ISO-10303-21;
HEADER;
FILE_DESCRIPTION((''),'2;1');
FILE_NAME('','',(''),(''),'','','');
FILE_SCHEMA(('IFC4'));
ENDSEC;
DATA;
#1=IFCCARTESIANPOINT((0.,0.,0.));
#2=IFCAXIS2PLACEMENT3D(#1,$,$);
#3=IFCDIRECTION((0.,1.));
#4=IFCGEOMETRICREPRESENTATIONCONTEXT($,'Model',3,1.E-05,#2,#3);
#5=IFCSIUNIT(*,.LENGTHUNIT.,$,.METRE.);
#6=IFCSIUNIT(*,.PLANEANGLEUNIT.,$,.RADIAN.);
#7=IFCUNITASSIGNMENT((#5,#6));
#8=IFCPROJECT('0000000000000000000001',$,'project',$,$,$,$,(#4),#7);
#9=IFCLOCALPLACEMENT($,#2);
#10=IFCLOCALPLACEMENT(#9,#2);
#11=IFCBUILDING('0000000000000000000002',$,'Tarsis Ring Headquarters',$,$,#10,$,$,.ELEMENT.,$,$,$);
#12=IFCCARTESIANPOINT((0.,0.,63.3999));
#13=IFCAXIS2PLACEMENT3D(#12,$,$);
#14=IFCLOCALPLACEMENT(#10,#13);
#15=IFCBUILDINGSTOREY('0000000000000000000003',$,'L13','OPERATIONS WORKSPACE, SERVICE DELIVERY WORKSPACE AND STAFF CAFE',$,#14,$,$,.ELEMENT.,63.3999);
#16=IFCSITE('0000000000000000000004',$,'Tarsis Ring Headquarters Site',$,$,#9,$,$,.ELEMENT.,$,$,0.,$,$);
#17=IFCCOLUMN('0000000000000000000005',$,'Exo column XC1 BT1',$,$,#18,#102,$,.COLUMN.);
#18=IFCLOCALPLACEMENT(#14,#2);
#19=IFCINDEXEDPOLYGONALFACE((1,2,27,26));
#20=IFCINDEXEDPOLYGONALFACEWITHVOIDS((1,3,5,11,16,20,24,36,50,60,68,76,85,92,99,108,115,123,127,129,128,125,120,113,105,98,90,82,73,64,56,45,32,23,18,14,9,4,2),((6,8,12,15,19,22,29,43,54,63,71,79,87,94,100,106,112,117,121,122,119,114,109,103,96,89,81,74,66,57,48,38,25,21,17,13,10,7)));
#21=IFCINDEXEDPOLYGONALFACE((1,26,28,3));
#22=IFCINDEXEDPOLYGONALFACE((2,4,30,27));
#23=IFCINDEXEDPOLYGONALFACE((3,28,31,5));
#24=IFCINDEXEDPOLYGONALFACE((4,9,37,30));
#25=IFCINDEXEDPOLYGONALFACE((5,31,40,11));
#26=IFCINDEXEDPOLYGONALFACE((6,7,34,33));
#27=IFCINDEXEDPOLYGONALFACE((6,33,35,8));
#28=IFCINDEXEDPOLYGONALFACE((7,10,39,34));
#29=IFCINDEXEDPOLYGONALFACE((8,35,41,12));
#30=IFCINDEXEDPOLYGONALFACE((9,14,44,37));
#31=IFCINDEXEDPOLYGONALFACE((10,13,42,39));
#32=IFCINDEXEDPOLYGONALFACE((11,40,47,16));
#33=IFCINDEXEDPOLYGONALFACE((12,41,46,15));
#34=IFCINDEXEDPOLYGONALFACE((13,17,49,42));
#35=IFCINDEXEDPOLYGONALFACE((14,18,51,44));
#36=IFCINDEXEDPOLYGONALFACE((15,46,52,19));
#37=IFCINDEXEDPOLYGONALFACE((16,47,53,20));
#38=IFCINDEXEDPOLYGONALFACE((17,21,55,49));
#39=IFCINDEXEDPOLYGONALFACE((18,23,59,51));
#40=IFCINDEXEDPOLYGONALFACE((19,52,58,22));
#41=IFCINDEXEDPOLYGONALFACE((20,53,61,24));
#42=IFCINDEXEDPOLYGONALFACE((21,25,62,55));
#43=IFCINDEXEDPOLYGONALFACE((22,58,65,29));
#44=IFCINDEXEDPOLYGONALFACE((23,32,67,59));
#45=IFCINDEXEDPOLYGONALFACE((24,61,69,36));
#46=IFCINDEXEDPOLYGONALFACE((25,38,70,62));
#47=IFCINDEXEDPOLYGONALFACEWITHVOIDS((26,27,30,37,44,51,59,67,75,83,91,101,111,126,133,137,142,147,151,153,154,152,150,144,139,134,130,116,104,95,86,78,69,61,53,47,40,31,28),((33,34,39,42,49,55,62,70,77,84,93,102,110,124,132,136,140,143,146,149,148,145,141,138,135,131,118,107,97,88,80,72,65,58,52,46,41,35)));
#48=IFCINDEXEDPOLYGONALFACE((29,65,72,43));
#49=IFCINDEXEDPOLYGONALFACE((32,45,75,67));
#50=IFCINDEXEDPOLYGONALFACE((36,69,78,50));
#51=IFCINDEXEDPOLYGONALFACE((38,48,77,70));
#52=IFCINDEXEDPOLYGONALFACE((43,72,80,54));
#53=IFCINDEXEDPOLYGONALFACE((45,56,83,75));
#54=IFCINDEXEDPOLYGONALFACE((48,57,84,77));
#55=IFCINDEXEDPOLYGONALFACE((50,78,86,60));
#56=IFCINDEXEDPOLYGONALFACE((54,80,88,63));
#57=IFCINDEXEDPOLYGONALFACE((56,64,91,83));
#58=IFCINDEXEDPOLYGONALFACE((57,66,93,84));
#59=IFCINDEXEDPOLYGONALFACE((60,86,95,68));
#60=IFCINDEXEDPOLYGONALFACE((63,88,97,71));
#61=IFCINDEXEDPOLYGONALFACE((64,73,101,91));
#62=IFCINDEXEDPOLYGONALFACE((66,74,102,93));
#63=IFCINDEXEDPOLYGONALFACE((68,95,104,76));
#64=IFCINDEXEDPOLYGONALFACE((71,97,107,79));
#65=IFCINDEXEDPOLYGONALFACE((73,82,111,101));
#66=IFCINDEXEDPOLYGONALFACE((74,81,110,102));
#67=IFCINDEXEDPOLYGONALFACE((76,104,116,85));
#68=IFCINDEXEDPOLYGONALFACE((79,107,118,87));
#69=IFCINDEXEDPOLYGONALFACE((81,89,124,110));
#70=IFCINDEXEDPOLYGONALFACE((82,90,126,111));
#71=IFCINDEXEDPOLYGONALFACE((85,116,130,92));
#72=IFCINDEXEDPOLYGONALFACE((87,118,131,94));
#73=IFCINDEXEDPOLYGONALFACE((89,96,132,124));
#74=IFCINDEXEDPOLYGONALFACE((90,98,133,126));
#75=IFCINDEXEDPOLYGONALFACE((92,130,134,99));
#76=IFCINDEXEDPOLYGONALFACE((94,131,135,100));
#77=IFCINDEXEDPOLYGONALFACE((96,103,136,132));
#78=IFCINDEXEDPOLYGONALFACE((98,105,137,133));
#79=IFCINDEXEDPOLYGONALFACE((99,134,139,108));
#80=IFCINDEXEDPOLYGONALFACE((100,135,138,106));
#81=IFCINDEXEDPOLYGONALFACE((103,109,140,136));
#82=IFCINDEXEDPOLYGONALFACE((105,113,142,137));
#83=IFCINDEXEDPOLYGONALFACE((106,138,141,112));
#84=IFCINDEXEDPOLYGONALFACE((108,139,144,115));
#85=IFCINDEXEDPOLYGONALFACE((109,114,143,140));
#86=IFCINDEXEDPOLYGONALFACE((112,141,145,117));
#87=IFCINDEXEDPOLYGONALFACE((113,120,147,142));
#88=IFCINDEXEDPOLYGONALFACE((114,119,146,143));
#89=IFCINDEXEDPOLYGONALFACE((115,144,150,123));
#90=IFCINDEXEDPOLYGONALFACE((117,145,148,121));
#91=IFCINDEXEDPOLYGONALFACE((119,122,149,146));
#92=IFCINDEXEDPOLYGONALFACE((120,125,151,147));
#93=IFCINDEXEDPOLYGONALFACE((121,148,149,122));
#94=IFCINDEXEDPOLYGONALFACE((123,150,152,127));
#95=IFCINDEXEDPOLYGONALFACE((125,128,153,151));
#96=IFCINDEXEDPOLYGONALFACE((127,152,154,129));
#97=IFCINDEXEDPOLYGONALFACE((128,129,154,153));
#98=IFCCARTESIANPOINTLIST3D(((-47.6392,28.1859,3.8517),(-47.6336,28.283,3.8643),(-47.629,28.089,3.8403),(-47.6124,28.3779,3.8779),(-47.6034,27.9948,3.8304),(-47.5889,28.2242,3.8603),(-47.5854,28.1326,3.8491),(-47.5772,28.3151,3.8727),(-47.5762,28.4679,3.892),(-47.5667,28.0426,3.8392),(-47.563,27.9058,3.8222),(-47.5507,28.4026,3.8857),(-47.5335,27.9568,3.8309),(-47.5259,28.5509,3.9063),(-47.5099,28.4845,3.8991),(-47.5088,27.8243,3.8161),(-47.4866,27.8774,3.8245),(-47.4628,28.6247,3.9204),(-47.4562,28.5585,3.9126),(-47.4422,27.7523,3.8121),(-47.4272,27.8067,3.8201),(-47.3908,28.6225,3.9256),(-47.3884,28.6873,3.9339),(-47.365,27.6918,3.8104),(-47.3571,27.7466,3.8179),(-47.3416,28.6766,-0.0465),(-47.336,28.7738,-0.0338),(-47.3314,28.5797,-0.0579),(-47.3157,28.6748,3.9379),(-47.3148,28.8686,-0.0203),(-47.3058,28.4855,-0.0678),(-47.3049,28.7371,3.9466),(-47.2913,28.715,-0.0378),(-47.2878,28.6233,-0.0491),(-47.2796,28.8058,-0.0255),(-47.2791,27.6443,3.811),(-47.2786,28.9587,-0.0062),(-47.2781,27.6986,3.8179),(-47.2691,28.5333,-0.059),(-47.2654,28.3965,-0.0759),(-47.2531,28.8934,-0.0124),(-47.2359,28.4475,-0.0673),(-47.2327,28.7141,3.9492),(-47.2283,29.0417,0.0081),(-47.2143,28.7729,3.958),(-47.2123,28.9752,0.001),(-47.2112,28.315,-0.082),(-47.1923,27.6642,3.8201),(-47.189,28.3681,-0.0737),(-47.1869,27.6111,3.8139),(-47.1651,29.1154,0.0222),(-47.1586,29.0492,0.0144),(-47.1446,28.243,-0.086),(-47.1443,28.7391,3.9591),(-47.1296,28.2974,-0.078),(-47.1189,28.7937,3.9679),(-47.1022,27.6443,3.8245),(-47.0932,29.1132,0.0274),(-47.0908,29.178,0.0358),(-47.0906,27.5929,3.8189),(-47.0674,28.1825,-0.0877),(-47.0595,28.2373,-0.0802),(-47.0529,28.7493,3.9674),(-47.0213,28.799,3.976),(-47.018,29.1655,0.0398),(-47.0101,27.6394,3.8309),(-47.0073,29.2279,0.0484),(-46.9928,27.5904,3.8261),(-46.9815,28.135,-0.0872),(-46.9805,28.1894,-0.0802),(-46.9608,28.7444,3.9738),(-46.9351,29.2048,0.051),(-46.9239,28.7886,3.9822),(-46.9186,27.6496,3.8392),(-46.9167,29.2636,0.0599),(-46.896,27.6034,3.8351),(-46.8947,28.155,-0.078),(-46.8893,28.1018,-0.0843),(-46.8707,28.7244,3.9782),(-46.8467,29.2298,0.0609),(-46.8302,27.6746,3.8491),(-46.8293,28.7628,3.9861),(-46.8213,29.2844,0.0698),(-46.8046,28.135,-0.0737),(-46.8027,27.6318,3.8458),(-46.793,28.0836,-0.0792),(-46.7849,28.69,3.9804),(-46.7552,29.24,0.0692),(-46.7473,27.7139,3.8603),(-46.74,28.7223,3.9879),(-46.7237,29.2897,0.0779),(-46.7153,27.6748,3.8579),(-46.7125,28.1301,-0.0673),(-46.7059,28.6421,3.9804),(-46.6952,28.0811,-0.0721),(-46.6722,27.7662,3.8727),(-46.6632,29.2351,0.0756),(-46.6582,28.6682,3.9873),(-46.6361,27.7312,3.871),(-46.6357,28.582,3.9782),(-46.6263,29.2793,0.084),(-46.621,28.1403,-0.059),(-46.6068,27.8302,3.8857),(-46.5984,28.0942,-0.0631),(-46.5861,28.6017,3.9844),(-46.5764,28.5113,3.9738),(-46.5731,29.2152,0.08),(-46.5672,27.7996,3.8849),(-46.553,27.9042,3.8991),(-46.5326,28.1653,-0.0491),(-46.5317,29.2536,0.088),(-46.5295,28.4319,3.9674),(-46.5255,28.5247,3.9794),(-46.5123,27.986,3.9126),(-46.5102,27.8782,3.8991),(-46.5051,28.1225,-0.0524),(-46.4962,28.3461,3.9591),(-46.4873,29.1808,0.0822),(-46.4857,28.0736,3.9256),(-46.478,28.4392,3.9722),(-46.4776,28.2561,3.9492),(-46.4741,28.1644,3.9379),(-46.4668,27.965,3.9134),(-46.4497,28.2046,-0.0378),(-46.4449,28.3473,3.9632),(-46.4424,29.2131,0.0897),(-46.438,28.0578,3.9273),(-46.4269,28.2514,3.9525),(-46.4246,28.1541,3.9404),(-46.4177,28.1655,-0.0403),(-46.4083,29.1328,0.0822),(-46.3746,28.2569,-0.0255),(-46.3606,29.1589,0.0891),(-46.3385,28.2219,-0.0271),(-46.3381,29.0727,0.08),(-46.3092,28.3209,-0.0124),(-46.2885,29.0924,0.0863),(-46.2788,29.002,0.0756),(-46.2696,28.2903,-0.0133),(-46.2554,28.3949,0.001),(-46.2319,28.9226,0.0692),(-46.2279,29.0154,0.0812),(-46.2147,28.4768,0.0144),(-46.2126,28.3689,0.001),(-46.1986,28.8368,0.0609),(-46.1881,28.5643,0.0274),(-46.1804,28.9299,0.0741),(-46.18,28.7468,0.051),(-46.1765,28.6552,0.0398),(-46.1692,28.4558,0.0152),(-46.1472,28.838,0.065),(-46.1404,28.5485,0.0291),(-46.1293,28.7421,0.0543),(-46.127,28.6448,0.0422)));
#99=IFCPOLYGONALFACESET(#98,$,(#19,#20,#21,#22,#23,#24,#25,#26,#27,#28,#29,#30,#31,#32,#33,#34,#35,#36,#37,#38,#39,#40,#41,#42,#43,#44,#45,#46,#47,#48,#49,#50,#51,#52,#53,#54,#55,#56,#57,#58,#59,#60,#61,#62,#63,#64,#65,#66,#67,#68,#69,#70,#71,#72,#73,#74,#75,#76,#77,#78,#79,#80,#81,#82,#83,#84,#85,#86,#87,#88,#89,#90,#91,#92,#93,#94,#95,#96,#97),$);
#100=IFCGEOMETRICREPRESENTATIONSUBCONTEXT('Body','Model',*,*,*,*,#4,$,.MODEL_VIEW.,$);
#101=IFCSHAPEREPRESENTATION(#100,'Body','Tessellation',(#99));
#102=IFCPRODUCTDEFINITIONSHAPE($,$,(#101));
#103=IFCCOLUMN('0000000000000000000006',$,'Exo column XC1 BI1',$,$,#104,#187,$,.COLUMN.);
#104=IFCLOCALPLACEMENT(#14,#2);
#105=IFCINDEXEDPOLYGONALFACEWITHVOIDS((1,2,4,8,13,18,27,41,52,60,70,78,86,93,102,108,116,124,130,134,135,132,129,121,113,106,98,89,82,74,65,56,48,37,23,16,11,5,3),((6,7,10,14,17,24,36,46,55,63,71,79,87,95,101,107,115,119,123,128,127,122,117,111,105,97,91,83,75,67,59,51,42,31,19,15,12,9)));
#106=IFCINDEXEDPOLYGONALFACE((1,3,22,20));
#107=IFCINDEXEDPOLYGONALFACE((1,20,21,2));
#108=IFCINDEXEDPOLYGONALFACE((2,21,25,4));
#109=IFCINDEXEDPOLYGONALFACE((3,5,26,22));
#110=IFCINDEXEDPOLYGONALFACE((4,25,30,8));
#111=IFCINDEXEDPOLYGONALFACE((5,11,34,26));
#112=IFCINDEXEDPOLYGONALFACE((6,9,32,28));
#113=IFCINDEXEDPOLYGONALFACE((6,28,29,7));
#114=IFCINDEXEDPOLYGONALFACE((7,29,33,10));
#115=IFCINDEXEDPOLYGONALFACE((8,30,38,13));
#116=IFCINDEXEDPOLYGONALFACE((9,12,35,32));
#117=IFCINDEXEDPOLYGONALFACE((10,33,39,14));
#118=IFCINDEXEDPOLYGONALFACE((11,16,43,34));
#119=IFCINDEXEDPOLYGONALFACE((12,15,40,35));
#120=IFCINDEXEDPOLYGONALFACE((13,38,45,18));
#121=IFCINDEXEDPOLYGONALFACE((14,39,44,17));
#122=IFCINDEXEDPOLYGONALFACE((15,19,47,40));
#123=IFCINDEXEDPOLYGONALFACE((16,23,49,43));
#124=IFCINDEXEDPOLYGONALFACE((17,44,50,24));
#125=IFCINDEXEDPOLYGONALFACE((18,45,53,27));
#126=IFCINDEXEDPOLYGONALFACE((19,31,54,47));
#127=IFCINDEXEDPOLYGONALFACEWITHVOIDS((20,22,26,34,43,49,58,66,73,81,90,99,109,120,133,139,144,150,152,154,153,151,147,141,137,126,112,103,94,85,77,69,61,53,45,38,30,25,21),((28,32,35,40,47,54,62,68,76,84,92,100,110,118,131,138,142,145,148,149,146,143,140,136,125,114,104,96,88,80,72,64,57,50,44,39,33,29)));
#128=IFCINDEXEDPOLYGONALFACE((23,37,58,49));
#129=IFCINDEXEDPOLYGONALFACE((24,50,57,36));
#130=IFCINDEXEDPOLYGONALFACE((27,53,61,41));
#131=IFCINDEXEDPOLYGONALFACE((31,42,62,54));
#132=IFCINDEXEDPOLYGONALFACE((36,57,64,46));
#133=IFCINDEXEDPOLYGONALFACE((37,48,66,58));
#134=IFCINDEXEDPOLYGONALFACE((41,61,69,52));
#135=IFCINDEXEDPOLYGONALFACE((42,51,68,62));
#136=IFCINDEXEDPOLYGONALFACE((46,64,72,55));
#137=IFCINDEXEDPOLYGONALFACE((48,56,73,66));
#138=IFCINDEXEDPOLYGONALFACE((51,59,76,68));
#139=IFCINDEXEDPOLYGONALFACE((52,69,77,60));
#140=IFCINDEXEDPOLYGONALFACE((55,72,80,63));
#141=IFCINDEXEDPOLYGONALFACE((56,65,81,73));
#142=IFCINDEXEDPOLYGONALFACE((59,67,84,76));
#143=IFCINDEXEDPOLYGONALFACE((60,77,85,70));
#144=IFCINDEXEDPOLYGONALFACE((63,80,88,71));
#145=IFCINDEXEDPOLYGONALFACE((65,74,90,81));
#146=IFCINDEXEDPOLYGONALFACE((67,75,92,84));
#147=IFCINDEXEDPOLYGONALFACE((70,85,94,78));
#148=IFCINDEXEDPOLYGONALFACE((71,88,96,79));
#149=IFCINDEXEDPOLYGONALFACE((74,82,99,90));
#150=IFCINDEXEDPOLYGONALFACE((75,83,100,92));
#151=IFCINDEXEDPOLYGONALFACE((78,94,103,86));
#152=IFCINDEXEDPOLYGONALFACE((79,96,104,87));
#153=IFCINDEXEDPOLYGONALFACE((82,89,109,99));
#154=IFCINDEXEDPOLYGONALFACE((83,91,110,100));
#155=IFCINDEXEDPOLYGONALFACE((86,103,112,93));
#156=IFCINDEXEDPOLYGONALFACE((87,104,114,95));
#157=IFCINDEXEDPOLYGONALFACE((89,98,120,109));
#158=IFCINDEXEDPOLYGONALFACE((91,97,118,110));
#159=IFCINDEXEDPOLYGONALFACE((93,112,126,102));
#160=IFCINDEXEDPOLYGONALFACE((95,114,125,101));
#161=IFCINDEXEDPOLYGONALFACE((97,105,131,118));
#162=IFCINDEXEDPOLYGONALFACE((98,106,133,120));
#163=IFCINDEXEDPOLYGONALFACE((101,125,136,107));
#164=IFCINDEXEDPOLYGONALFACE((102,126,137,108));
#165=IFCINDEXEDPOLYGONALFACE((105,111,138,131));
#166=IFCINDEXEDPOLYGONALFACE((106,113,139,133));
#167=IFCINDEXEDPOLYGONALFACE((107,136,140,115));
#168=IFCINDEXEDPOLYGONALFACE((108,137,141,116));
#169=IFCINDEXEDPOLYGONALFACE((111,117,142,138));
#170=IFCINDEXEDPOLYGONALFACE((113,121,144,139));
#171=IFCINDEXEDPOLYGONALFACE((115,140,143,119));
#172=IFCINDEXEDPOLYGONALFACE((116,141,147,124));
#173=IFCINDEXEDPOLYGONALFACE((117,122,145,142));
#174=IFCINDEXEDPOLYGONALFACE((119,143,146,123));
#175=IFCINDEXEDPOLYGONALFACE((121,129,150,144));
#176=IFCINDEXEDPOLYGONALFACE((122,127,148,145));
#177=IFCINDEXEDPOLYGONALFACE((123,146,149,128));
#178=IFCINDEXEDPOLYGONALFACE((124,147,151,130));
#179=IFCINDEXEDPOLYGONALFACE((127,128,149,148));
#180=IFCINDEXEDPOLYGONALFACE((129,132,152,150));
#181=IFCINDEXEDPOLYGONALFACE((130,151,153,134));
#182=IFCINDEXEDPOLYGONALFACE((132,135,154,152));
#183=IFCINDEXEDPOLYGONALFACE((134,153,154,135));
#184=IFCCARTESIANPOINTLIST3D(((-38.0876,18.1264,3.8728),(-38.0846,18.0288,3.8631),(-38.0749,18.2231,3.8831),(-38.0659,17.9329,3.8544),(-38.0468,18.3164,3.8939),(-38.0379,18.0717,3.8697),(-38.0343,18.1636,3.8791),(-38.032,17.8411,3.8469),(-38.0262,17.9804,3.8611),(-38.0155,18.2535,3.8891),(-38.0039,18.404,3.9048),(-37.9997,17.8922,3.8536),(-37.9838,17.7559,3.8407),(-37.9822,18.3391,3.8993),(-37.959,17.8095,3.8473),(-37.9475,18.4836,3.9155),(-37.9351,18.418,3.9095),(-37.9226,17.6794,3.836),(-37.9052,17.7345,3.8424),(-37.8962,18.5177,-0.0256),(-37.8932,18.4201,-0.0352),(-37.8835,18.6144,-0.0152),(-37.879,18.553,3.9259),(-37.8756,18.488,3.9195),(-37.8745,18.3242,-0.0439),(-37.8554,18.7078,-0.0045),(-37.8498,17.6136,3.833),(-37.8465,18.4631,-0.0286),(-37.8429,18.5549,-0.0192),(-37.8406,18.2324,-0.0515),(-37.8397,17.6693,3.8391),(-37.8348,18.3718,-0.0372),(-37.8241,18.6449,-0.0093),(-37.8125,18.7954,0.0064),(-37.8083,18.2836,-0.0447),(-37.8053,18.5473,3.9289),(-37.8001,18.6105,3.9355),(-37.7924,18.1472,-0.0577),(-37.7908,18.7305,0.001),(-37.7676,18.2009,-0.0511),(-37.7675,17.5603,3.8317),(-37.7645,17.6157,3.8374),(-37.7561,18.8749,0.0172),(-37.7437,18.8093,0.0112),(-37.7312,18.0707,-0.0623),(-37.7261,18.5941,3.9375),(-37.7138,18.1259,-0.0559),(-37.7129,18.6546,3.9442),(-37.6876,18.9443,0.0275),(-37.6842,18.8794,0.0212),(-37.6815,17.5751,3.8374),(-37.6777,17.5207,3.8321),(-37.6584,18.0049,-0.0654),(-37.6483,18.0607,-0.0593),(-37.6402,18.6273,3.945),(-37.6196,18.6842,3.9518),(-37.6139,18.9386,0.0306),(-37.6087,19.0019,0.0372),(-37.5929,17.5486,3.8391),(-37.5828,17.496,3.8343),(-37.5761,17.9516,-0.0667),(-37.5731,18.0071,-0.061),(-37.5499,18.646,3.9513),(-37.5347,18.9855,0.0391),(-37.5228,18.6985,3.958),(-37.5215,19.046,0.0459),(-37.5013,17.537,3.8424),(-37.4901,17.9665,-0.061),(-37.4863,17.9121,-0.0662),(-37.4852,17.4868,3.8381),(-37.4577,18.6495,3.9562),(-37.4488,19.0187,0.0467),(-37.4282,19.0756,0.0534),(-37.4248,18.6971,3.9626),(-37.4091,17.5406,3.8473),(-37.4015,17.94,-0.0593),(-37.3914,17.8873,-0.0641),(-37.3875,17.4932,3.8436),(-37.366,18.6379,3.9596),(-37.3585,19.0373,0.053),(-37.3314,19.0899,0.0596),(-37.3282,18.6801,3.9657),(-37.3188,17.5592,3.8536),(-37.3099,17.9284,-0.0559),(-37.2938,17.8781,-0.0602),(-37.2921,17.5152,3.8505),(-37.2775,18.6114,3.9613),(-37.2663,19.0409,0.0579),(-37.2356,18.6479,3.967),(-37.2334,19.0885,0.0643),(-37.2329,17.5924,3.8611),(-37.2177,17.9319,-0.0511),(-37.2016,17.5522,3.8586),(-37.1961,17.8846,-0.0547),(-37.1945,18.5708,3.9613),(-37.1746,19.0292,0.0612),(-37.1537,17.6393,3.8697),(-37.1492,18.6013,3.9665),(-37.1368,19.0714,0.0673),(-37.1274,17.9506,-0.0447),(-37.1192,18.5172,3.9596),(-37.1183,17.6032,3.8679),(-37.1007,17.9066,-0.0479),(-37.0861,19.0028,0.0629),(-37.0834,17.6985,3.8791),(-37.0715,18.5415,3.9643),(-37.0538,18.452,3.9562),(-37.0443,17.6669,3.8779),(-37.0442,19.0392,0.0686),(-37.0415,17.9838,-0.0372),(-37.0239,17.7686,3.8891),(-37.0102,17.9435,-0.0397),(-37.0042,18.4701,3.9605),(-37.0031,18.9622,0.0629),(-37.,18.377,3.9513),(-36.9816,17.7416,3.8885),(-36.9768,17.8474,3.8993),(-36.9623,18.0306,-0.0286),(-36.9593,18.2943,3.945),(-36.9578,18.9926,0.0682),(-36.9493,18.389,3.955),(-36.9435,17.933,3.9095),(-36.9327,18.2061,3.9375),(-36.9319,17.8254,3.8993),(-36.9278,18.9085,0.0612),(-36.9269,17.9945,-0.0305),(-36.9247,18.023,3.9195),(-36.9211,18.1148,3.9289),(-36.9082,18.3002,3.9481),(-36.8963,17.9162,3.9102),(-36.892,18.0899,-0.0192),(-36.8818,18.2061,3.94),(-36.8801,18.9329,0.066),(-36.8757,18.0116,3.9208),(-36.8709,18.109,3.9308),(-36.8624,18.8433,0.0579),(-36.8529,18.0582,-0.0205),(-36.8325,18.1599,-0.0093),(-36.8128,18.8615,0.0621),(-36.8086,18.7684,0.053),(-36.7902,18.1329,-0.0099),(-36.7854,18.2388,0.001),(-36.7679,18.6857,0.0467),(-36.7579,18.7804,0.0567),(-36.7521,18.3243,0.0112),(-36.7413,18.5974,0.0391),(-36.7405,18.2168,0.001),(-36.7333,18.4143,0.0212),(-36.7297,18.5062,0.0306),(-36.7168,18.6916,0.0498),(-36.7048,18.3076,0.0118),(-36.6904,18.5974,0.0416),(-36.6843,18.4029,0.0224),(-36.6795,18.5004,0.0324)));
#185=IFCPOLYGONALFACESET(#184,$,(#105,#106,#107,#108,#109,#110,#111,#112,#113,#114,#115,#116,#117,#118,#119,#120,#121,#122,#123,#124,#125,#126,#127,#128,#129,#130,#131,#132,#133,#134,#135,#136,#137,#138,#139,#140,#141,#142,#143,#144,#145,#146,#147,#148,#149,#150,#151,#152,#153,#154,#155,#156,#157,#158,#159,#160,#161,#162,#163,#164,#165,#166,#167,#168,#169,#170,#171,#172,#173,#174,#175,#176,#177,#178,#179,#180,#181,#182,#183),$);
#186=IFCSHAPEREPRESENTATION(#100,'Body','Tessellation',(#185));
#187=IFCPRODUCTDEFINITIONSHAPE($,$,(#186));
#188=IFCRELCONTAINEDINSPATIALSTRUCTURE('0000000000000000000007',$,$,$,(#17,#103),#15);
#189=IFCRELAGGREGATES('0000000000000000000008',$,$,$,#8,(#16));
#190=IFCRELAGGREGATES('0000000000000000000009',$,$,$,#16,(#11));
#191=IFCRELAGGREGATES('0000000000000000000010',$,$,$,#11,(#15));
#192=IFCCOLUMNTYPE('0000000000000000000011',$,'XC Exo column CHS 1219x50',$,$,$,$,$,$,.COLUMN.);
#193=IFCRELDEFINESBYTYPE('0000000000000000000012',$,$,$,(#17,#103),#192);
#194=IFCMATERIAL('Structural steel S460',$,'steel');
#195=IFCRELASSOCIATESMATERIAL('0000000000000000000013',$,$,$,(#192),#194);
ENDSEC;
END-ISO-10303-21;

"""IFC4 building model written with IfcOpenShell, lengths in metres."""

from ifc_helpers import new_model, si_unit, direction, frame, origin, origin_2d, place, context, subcontext, project, spatial, hollow_circle, extrude, material, material_profile, profile_set, type_object, element, save


model = new_model("IFC4")

# Units and contexts
model_context = context("Model", 3, precision=1e-05, world=origin(), true_north=direction((0.0, 1.0)))
body_context = subcontext(model_context, "Body", "Model", "MODEL_VIEW")
ifc_project = project(units=[si_unit("LENGTHUNIT", "METRE"), si_unit("PLANEANGLEUNIT", "RADIAN")], contexts=[model_context])

# Site, building, storey
site_placement = place(None, origin())
site = spatial("IfcSite", under=ifc_project, at=site_placement, Name="Tarsis Ring Headquarters Site", CompositionType="ELEMENT", RefElevation=0.0)
building_placement = place(site_placement, origin())
building = spatial("IfcBuilding", under=site, at=building_placement, Name="Tarsis Ring Headquarters", CompositionType="ELEMENT")
storey_placement = place(building_placement, frame((0.0, 0.0, 63.3999)))
storey = spatial("IfcBuildingStorey", under=building, at=storey_placement, Name="L13", Description="OPERATIONS WORKSPACE, SERVICE DELIVERY WORKSPACE AND STAFF CAFE", CompositionType="ELEMENT", Elevation=63.3999)

# Columns
ifc_material_1 = material(Name="Structural steel S460", Category="steel")
ifc_material_profile_1 = material_profile(ifc_material_1, hollow_circle(Radius=0.6096, WallThickness=0.05, at=origin_2d()), Name="CHS 1219x50")
ifc_profile_set_1 = profile_set([ifc_material_profile_1], Name="Structural steel S460")
column_type = type_object("IfcColumnType", Name="XC Exo column CHS 1219x50", PredefinedType="COLUMN", material=ifc_profile_set_1)
column_1_placement = place(storey_placement, frame((-46.7339, 28.6851, 0.001), z_axis=(-0.075531, -0.124542, 0.989335), x_axis=(0.855044, -0.518556, 0.0)))
element("IfcColumn", 1, at=column_1_placement, inside=storey, type_object=column_type, Name="Exo column XC1 BT1", PredefinedType="COLUMN", context=body_context, shape_type="SweptSolid", body=[
    extrude(hollow_circle(Radius=0.6096, WallThickness=0.05, at=origin_2d()), origin(), (0.0, 0.0, 1.0), 3.9402),
])
column_2_placement = place(storey_placement, frame((-37.2881, 18.4846, 0.001), z_axis=(-0.048794, -0.099767, 0.993814), x_axis=(0.898316, -0.439351, 0.0)))
element("IfcColumn", 2, at=column_2_placement, inside=storey, type_object=column_type, Name="Exo column XC1 BI1", PredefinedType="COLUMN", context=body_context, shape_type="SweptSolid", body=[
    extrude(hollow_circle(Radius=0.6096, WallThickness=0.05, at=origin_2d()), origin(), (0.0, 0.0, 1.0), 3.9226),
])

save(model, "model.ifc")
